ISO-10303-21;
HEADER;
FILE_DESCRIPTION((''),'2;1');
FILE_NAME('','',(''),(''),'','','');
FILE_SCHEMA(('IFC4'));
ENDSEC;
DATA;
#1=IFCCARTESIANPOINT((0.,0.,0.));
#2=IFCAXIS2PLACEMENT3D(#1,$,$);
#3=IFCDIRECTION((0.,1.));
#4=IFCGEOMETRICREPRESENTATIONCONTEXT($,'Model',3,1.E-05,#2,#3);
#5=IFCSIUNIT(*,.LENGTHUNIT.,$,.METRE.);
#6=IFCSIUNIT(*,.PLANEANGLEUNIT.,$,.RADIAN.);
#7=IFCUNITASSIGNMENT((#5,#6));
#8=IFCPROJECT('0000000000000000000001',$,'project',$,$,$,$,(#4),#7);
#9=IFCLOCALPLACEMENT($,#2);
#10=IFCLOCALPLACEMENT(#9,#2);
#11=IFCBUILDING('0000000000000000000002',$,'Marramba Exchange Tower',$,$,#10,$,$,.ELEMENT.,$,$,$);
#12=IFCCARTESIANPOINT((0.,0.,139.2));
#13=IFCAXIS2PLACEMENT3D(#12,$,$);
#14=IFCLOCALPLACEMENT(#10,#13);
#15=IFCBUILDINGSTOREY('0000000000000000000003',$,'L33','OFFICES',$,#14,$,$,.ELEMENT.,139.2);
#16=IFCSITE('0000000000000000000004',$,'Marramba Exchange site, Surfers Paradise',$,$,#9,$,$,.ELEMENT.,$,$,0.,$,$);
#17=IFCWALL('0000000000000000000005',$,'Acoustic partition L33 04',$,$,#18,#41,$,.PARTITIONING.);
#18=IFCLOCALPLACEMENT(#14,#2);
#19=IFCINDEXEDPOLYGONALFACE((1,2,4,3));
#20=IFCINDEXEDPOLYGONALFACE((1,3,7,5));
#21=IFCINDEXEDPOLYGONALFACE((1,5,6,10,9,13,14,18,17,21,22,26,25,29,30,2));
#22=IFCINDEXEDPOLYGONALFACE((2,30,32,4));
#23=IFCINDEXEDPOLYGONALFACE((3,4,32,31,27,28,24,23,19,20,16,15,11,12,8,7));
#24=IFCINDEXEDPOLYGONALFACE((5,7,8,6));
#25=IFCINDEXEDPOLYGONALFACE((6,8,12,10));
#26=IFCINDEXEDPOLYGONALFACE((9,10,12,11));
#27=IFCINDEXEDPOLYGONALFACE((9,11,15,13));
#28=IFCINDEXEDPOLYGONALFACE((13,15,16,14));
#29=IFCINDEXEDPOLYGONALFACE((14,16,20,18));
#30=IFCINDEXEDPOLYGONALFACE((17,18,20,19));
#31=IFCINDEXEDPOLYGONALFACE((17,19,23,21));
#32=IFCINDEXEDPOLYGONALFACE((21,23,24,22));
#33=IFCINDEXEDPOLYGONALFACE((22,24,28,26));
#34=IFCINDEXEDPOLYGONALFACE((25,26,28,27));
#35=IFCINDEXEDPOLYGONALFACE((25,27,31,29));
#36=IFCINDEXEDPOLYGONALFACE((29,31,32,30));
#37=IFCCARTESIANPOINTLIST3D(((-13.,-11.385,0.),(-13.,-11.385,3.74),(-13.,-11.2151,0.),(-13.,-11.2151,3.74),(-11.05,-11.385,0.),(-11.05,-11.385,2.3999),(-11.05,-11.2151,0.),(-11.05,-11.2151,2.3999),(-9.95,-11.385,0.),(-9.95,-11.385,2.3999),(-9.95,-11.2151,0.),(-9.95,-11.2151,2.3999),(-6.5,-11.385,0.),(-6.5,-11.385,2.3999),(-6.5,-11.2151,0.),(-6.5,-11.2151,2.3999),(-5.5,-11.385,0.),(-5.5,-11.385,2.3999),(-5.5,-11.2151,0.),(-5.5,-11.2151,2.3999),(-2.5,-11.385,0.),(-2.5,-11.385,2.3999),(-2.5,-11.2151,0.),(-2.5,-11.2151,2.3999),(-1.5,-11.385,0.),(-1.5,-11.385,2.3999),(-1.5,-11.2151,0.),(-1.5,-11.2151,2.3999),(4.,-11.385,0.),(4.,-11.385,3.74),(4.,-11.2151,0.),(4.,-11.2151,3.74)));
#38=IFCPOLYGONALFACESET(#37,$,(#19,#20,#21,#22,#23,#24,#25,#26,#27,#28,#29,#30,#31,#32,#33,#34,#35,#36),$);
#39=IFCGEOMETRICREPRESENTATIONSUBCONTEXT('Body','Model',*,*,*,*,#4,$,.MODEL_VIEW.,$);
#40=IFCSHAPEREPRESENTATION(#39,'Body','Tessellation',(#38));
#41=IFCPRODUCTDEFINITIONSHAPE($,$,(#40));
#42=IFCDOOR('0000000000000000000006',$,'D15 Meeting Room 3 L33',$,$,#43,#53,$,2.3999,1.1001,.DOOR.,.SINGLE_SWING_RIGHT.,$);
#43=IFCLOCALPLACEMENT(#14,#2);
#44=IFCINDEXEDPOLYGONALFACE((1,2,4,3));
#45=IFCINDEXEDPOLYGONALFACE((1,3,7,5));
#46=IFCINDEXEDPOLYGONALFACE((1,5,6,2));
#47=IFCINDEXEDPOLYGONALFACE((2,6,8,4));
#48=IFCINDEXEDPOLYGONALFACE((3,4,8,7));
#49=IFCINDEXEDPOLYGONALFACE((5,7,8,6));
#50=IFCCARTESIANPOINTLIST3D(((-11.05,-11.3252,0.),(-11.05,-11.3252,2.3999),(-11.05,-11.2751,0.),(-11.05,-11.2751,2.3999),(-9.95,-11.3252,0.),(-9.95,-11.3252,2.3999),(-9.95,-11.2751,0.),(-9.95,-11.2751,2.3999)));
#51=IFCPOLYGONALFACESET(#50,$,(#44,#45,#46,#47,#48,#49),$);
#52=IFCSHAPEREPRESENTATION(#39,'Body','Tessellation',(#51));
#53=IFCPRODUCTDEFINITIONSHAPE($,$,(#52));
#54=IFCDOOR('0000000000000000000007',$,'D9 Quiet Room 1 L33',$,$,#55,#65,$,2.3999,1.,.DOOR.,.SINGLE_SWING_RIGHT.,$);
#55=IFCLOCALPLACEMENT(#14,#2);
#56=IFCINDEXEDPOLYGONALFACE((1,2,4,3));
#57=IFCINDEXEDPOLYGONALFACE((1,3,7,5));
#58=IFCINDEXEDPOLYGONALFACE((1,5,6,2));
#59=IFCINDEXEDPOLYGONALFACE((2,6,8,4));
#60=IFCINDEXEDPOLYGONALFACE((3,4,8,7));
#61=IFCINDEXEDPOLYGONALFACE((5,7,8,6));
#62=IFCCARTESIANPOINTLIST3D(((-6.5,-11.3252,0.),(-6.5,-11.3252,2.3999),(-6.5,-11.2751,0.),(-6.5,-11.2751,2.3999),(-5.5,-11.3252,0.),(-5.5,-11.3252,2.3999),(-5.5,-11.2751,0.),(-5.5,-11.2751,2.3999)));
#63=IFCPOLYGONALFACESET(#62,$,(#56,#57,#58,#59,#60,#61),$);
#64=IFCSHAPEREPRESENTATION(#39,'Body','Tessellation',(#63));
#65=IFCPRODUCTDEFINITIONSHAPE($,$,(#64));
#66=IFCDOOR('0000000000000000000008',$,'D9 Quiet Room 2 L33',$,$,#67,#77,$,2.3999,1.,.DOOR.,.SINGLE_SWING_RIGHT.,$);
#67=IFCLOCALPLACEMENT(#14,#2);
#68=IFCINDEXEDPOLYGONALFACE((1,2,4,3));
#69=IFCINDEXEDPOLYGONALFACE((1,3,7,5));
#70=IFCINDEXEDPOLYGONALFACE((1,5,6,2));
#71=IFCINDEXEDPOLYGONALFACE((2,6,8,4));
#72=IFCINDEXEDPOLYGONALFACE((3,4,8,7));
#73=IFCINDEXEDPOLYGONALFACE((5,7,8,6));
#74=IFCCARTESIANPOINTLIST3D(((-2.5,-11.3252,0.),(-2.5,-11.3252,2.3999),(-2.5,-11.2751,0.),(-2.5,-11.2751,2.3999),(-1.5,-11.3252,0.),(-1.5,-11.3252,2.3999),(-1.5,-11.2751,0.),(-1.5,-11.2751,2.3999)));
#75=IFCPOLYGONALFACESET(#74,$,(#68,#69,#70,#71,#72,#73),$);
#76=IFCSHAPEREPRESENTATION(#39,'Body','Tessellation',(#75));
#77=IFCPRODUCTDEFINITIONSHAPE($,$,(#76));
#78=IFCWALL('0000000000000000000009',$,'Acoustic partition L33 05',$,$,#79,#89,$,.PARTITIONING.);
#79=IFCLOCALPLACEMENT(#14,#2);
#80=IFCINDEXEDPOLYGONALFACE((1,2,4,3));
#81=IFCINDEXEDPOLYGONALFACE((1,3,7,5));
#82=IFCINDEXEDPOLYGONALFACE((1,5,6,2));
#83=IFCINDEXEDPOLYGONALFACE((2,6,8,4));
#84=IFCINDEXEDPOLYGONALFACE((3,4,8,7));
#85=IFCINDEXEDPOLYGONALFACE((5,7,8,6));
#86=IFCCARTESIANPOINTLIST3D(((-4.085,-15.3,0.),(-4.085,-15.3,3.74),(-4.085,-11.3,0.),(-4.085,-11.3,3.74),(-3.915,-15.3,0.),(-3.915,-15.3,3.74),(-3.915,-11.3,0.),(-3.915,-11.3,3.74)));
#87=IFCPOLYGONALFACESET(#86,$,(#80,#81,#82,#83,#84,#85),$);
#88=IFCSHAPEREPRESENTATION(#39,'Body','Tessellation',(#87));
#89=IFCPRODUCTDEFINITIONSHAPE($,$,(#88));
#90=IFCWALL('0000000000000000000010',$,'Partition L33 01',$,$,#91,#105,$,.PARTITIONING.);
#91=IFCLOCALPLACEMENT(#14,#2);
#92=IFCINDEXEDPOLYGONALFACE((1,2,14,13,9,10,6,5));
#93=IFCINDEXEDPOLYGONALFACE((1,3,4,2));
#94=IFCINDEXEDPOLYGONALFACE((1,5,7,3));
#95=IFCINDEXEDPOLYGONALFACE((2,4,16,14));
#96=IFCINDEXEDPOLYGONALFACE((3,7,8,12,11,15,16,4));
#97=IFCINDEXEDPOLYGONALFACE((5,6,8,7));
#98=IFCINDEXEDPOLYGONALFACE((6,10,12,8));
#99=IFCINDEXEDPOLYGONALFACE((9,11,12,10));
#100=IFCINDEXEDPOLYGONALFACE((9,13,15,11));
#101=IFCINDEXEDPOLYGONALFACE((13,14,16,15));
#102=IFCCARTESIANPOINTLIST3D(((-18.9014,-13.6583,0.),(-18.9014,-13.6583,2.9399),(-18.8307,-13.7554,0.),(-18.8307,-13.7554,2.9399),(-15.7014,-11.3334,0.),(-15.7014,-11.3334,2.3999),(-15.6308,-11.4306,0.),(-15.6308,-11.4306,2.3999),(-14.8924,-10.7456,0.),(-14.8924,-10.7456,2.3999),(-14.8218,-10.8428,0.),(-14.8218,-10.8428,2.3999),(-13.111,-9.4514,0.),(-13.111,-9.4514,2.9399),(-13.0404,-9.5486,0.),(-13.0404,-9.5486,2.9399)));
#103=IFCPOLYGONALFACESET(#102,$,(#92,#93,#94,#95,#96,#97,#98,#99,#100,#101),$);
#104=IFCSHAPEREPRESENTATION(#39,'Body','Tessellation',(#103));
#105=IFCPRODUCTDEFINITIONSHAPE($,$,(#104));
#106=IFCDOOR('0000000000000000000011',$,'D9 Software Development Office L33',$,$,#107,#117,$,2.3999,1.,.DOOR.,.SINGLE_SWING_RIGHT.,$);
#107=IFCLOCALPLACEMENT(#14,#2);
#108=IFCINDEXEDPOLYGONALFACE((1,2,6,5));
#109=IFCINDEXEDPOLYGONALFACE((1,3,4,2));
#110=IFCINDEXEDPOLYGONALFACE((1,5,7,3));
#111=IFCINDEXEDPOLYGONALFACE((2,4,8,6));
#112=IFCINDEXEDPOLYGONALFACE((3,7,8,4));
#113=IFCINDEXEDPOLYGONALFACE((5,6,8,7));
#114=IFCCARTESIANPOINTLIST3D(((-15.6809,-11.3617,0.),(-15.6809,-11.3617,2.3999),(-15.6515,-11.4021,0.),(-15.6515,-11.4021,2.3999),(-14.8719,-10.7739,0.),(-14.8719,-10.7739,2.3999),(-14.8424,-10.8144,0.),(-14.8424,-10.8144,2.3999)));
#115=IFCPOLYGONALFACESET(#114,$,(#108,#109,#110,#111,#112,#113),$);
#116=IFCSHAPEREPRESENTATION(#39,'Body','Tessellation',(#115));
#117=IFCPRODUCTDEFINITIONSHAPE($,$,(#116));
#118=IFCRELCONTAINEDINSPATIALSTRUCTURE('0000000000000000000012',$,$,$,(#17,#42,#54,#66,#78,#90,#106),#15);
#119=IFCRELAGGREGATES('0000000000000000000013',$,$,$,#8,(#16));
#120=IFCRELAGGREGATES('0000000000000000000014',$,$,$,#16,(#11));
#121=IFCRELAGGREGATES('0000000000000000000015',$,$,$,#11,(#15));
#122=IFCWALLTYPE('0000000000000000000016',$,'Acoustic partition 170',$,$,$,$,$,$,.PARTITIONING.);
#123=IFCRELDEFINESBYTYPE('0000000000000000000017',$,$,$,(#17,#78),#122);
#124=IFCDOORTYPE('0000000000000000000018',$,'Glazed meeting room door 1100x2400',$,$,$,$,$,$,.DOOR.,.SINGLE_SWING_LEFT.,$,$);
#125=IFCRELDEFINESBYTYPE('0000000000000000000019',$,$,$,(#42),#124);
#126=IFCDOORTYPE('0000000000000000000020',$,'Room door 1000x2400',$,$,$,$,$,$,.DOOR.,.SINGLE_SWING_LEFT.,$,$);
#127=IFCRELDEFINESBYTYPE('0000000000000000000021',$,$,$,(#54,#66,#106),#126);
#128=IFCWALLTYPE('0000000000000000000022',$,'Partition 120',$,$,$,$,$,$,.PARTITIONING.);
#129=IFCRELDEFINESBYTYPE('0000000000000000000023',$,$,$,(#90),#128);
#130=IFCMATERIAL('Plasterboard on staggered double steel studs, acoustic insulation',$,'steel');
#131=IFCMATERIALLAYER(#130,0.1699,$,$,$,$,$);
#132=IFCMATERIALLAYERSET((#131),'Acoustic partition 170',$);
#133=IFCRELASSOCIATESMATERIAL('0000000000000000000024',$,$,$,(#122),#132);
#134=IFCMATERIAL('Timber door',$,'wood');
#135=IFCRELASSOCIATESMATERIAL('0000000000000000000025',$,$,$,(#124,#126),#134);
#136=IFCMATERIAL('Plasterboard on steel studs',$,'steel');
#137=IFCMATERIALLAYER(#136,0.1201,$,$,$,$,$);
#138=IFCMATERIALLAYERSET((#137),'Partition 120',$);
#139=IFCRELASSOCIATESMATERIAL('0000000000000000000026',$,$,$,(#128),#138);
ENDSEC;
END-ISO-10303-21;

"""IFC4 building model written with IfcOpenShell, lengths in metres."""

from ifc_helpers import new_model, si_unit, direction, frame, frame_2d, origin, place, context, subcontext, project, spatial, rectangle, extrude, material, layer, layer_set, type_object, element, fill, save


model = new_model("IFC4")

# Units and contexts
model_context = context("Model", 3, precision=1e-05, world=origin(), true_north=direction((0.0, 1.0)))
body_context = subcontext(model_context, "Body", "Model", "MODEL_VIEW")
ifc_project = project(units=[si_unit("LENGTHUNIT", "METRE"), si_unit("PLANEANGLEUNIT", "RADIAN")], contexts=[model_context])

# Site, building, storey
site_placement = place(None, origin())
site = spatial("IfcSite", under=ifc_project, at=site_placement, Name="Marramba Exchange site, Surfers Paradise", CompositionType="ELEMENT", RefElevation=0.0)
building_placement = place(site_placement, origin())
building = spatial("IfcBuilding", under=site, at=building_placement, Name="Marramba Exchange Tower", CompositionType="ELEMENT")
storey_placement = place(building_placement, frame((0.0, 0.0, 139.2)))
storey = spatial("IfcBuildingStorey", under=building, at=storey_placement, Name="L33", Description="OFFICES", CompositionType="ELEMENT", Elevation=139.2)

# Shared definitions
ifc_material_1 = material(Name="Plasterboard on staggered double steel studs, acoustic insulation", Category="steel")
ifc_layer_1 = layer(ifc_material_1, 0.1699)
ifc_layer_set_1 = layer_set([ifc_layer_1], Name="Acoustic partition 170")
wall_type_1 = type_object("IfcWallType", Name="Acoustic partition 170", PredefinedType="PARTITIONING", material=ifc_layer_set_1)

# Wall, openings, doors
wall_1_placement = place(storey_placement, frame((-13.0, -11.3, 0.0), z_axis=(0.0, 0.0, 1.0), x_axis=(1.0, 0.0, 0.0)))
wall_1 = element("IfcWall", 1, at=wall_1_placement, inside=storey, type_object=wall_type_1, Name="Acoustic partition L33 04", PredefinedType="PARTITIONING", context=body_context, shape_type="SweptSolid", body=[
    extrude(rectangle(XDim=17.0, YDim=0.1699, at=frame_2d((8.5, 0.0))), origin(), (0.0, 0.0, 1.0), 3.74),
])
opening_1_placement = place(wall_1_placement, frame((1.95, 0.0, 0.0)))
opening_1 = element("IfcOpeningElement", 2, at=opening_1_placement, cuts=wall_1, PredefinedType="OPENING", context=body_context, shape_type="SweptSolid", body=[
    extrude(rectangle(XDim=1.1001, YDim=2.3999, at=frame_2d((0.55, 1.2))), frame((0.0, 0.095, 0.0), z_axis=(0.0, -1.0, 0.0), x_axis=(1.0, 0.0, 0.0)), (0.0, 0.0, 1.0), 0.1899),
])
opening_2_placement = place(wall_1_placement, frame((6.5, 0.0, 0.0)))
opening_2 = element("IfcOpeningElement", 3, at=opening_2_placement, cuts=wall_1, PredefinedType="OPENING", context=body_context, shape_type="SweptSolid", body=[
    extrude(rectangle(XDim=1.0, YDim=2.3999, at=frame_2d((0.5, 1.2))), frame((0.0, 0.095, 0.0), z_axis=(0.0, -1.0, 0.0), x_axis=(1.0, 0.0, 0.0)), (0.0, 0.0, 1.0), 0.1899),
])
opening_3_placement = place(wall_1_placement, frame((10.5, 0.0, 0.0)))
opening_3 = element("IfcOpeningElement", 4, at=opening_3_placement, cuts=wall_1, PredefinedType="OPENING", context=body_context, shape_type="SweptSolid", body=[
    extrude(rectangle(XDim=1.0, YDim=2.3999, at=frame_2d((0.5, 1.2))), frame((0.0, 0.095, 0.0), z_axis=(0.0, -1.0, 0.0), x_axis=(1.0, 0.0, 0.0)), (0.0, 0.0, 1.0), 0.1899),
])
ifc_material_2 = material(Name="Timber door", Category="wood")
door_type_1 = type_object("IfcDoorType", Name="Glazed meeting room door 1100x2400", OperationType="SINGLE_SWING_LEFT", PredefinedType="DOOR", material=ifc_material_2)
door_1_placement = place(opening_1_placement, frame((1.1001, 0.0, 0.0), z_axis=(0.0, 0.0, 1.0), x_axis=(-1.0, 0.0, 0.0)))
door_1 = element("IfcDoor", 5, at=door_1_placement, inside=storey, type_object=door_type_1, Name="D15 Meeting Room 3 L33", OperationType="SINGLE_SWING_RIGHT", OverallHeight=2.3999, OverallWidth=1.1001, PredefinedType="DOOR", context=body_context, shape_type="SweptSolid", body=[
    extrude(rectangle(XDim=1.1001, YDim=2.3999, at=frame_2d((0.55, 1.2))), frame((0.0, 0.0251, 0.0), z_axis=(0.0, -1.0, 0.0), x_axis=(1.0, 0.0, 0.0)), (0.0, 0.0, 1.0), 0.05),
])
fill(opening_1, door_1)
door_type_2 = type_object("IfcDoorType", Name="Room door 1000x2400", OperationType="SINGLE_SWING_LEFT", PredefinedType="DOOR", material=ifc_material_2)
door_2_placement = place(opening_2_placement, frame((1.0, 0.0, 0.0), z_axis=(0.0, 0.0, 1.0), x_axis=(-1.0, 0.0, 0.0)))
door_2 = element("IfcDoor", 6, at=door_2_placement, inside=storey, type_object=door_type_2, Name="D9 Quiet Room 1 L33", OperationType="SINGLE_SWING_RIGHT", OverallHeight=2.3999, OverallWidth=1.0, PredefinedType="DOOR", context=body_context, shape_type="SweptSolid", body=[
    extrude(rectangle(XDim=1.0, YDim=2.3999, at=frame_2d((0.5, 1.2))), frame((0.0, 0.0251, 0.0), z_axis=(0.0, -1.0, 0.0), x_axis=(1.0, 0.0, 0.0)), (0.0, 0.0, 1.0), 0.05),
])
fill(opening_2, door_2)
door_3_placement = place(opening_3_placement, frame((1.0, 0.0, 0.0), z_axis=(0.0, 0.0, 1.0), x_axis=(-1.0, 0.0, 0.0)))
door_3 = element("IfcDoor", 7, at=door_3_placement, inside=storey, type_object=door_type_2, Name="D9 Quiet Room 2 L33", OperationType="SINGLE_SWING_RIGHT", OverallHeight=2.3999, OverallWidth=1.0, PredefinedType="DOOR", context=body_context, shape_type="SweptSolid", body=[
    extrude(rectangle(XDim=1.0, YDim=2.3999, at=frame_2d((0.5, 1.2))), frame((0.0, 0.0251, 0.0), z_axis=(0.0, -1.0, 0.0), x_axis=(1.0, 0.0, 0.0)), (0.0, 0.0, 1.0), 0.05),
])
fill(opening_3, door_3)

# Wall
wall_2_placement = place(storey_placement, frame((-4.0, -11.3, 0.0), z_axis=(0.0, 0.0, 1.0), x_axis=(0.0, -1.0, 0.0)))
element("IfcWall", 8, at=wall_2_placement, inside=storey, type_object=wall_type_1, Name="Acoustic partition L33 05", PredefinedType="PARTITIONING", context=body_context, shape_type="SweptSolid", body=[
    extrude(rectangle(XDim=4.0, YDim=0.1699, at=frame_2d((2.0, 0.0))), origin(), (0.0, 0.0, 1.0), 3.74),
])

# Wall, opening, door
ifc_material_3 = material(Name="Plasterboard on steel studs", Category="steel")
ifc_layer_2 = layer(ifc_material_3, 0.1201)
ifc_layer_set_2 = layer_set([ifc_layer_2], Name="Partition 120")
wall_type_2 = type_object("IfcWallType", Name="Partition 120", PredefinedType="PARTITIONING", material=ifc_layer_set_2)
wall_3_placement = place(storey_placement, frame((-13.0757, -9.5, 0.0), z_axis=(0.0, 0.0, 1.0), x_axis=(-0.809024, -0.587776, 0.0)))
wall_3 = element("IfcWall", 9, at=wall_3_placement, inside=storey, type_object=wall_type_2, Name="Partition L33 01", PredefinedType="PARTITIONING", context=body_context, shape_type="SweptSolid", body=[
    extrude(rectangle(XDim=7.1572, YDim=0.1201, at=frame_2d((3.5786, 0.0))), origin(), (0.0, 0.0, 1.0), 2.9399),
])
opening_4_placement = place(wall_3_placement, frame((2.2019, 0.0, 0.0)))
opening_4 = element("IfcOpeningElement", 10, at=opening_4_placement, cuts=wall_3, PredefinedType="OPENING", context=body_context, shape_type="SweptSolid", body=[
    extrude(rectangle(XDim=1.0, YDim=2.3999, at=frame_2d((0.5, 1.2))), frame((0.0, 0.0701, 0.0), z_axis=(0.0, -1.0, 0.0), x_axis=(1.0, 0.0, 0.0)), (0.0, 0.0, 1.0), 0.1401),
])
door_4_placement = place(opening_4_placement, frame((1.0, 0.0, 0.0), z_axis=(0.0, 0.0, 1.0), x_axis=(-1.0, 0.0, 0.0)))
door_4 = element("IfcDoor", 11, at=door_4_placement, inside=storey, type_object=door_type_2, Name="D9 Software Development Office L33", OperationType="SINGLE_SWING_RIGHT", OverallHeight=2.3999, OverallWidth=1.0, PredefinedType="DOOR", context=body_context, shape_type="SweptSolid", body=[
    extrude(rectangle(XDim=1.0, YDim=2.3999, at=frame_2d((0.5, 1.2))), frame((0.0, 0.0251, 0.0), z_axis=(0.0, -1.0, 0.0), x_axis=(1.0, 0.0, 0.0)), (0.0, 0.0, 1.0), 0.05),
])
fill(opening_4, door_4)

save(model, "model.ifc")
